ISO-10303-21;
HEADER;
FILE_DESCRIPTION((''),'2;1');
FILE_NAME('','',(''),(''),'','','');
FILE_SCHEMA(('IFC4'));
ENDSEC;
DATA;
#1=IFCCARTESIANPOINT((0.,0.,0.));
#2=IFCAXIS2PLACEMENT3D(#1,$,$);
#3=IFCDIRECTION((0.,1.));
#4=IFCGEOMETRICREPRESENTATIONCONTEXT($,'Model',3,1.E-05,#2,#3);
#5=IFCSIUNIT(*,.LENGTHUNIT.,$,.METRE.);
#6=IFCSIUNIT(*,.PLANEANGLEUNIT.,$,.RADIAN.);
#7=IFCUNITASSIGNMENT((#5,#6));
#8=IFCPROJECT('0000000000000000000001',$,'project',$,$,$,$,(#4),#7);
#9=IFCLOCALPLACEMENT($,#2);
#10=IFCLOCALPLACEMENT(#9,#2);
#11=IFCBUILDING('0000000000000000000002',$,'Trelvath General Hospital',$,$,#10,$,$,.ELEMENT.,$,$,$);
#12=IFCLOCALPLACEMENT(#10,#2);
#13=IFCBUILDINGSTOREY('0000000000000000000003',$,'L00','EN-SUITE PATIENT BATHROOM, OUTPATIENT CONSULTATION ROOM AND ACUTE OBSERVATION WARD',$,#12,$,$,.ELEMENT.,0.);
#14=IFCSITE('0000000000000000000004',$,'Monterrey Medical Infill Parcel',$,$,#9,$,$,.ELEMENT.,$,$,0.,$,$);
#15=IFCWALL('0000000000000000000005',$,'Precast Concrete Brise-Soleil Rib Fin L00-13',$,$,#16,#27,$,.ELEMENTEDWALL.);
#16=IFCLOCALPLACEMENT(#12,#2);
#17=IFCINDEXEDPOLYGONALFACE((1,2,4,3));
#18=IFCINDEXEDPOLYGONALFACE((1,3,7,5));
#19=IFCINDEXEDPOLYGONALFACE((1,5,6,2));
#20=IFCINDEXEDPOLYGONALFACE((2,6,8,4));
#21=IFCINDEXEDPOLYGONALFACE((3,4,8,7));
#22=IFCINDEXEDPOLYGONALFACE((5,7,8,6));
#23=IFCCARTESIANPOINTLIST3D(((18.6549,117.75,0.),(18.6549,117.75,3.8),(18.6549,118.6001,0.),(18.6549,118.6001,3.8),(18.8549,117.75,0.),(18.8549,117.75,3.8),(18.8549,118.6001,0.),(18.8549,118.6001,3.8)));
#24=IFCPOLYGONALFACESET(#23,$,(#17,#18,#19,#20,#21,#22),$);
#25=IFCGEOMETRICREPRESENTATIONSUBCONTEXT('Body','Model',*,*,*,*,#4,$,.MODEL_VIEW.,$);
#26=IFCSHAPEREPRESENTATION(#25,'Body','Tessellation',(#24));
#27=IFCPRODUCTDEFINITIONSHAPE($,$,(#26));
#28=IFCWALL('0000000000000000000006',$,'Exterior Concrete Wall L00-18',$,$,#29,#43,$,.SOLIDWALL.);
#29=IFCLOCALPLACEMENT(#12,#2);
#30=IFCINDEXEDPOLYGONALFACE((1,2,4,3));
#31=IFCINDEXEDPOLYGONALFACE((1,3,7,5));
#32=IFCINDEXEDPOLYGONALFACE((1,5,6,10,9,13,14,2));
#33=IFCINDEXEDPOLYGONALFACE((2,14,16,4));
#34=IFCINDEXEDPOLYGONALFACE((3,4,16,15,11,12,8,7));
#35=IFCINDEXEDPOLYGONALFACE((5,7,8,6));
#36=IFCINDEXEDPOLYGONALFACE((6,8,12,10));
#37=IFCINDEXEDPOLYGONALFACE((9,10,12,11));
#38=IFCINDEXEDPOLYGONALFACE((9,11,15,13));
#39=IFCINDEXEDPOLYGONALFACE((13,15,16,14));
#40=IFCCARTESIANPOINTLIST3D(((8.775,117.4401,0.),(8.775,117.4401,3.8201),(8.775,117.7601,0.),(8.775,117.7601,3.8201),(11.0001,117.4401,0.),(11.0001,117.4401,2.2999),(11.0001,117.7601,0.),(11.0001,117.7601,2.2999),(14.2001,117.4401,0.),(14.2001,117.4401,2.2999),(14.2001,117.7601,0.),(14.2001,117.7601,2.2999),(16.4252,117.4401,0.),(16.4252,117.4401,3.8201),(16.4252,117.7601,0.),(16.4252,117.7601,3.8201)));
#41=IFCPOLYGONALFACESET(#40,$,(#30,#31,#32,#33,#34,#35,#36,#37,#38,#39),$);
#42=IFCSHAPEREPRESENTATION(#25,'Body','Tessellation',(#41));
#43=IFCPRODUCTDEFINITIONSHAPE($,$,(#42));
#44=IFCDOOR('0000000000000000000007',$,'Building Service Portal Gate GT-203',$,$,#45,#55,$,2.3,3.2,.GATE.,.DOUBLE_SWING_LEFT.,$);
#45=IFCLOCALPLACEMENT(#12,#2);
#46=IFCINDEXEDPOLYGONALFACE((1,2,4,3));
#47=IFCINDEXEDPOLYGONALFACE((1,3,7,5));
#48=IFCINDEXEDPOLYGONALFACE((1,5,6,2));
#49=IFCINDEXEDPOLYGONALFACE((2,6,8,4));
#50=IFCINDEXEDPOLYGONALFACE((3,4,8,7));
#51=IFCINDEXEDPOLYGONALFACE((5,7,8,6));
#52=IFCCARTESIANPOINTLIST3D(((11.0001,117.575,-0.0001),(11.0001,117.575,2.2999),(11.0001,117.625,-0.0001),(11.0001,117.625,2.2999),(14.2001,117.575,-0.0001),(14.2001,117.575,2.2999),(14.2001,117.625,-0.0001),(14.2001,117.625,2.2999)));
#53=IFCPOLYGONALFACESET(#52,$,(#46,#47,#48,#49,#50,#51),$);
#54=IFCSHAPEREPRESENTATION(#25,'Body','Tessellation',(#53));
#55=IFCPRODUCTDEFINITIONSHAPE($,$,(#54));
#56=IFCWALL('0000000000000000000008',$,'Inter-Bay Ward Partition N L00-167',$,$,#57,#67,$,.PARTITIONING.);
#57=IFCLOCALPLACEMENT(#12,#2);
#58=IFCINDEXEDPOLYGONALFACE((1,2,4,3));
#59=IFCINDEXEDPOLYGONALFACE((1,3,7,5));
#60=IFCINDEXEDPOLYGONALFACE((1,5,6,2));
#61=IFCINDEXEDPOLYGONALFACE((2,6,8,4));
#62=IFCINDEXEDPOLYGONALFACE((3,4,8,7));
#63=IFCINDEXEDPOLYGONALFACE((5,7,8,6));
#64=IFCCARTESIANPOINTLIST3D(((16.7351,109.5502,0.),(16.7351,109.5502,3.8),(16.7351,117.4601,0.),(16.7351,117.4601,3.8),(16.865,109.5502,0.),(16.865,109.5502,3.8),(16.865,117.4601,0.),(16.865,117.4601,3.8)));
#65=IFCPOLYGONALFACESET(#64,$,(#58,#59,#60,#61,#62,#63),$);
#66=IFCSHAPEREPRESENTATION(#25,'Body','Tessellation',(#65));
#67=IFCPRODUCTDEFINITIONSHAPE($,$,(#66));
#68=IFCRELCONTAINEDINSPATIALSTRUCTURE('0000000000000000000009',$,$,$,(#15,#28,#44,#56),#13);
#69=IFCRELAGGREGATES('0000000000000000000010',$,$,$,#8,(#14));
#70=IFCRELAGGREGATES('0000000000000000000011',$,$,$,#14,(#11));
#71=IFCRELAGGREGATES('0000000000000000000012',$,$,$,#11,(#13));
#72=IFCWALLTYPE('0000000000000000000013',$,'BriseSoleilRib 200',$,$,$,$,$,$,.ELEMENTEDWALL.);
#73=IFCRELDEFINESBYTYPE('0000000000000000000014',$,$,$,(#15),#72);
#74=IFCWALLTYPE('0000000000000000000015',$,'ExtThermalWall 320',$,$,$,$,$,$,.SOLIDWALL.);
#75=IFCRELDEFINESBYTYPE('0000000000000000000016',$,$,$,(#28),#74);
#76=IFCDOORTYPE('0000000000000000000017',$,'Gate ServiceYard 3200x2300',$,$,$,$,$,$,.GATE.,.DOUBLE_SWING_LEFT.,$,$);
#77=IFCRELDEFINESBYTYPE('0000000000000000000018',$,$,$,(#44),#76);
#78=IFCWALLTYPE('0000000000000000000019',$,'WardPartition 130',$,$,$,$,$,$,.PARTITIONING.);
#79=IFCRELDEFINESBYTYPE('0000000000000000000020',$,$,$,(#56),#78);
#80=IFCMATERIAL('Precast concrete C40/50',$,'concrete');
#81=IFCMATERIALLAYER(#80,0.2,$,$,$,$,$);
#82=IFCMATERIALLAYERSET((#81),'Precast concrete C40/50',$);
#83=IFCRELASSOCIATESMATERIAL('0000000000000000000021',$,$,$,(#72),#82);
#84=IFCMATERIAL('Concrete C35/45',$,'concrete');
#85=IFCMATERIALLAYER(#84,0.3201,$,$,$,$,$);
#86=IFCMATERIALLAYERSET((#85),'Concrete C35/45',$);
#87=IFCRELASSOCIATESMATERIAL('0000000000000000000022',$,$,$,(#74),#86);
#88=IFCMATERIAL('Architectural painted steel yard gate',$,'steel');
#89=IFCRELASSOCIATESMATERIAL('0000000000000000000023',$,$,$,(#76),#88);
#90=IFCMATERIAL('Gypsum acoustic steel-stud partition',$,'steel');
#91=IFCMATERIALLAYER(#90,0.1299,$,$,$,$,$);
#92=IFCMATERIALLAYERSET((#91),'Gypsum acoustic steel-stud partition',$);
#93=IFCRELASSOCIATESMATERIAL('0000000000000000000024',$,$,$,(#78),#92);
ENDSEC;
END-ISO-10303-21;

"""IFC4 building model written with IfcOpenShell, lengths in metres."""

from ifc_helpers import new_model, si_unit, direction, frame, frame_2d, origin, place, context, subcontext, project, spatial, rectangle, extrude, material, layer, layer_set, type_object, element, fill, save


model = new_model("IFC4")

# Units and contexts
model_context = context("Model", 3, precision=1e-05, world=origin(), true_north=direction((0.0, 1.0)))
body_context = subcontext(model_context, "Body", "Model", "MODEL_VIEW")
ifc_project = project(units=[si_unit("LENGTHUNIT", "METRE"), si_unit("PLANEANGLEUNIT", "RADIAN")], contexts=[model_context])

# Site, building, storey
site_placement = place(None, origin())
site = spatial("IfcSite", under=ifc_project, at=site_placement, Name="Monterrey Medical Infill Parcel", CompositionType="ELEMENT", RefElevation=0.0)
building_placement = place(site_placement, origin())
building = spatial("IfcBuilding", under=site, at=building_placement, Name="Trelvath General Hospital", CompositionType="ELEMENT")
storey_placement = place(building_placement, origin())
storey = spatial("IfcBuildingStorey", under=building, at=storey_placement, Name="L00", Description="EN-SUITE PATIENT BATHROOM, OUTPATIENT CONSULTATION ROOM AND ACUTE OBSERVATION WARD", CompositionType="ELEMENT", Elevation=0.0)

# Wall
ifc_material_1 = material(Name="Precast concrete C40/50", Category="concrete")
ifc_layer_1 = layer(ifc_material_1, 0.2)
ifc_layer_set_1 = layer_set([ifc_layer_1], Name="Precast concrete C40/50")
wall_type_1 = type_object("IfcWallType", Name="BriseSoleilRib 200", PredefinedType="ELEMENTEDWALL", material=ifc_layer_set_1)
wall_1_placement = place(storey_placement, frame((18.7549, 117.75, 0.0), z_axis=(0.0, 0.0, 1.0), x_axis=(0.0, 1.0, 0.0)))
element("IfcWall", 1, at=wall_1_placement, inside=storey, type_object=wall_type_1, Name="Precast Concrete Brise-Soleil Rib Fin L00-13", PredefinedType="ELEMENTEDWALL", context=body_context, shape_type="SweptSolid", body=[
    extrude(rectangle(XDim=0.8501, YDim=0.2, at=frame_2d((0.425, 0.0))), origin(), (0.0, 0.0, 1.0), 3.8),
])

# Wall, opening, door
ifc_material_2 = material(Name="Concrete C35/45", Category="concrete")
ifc_layer_2 = layer(ifc_material_2, 0.3201)
ifc_layer_set_2 = layer_set([ifc_layer_2], Name="Concrete C35/45")
wall_type_2 = type_object("IfcWallType", Name="ExtThermalWall 320", PredefinedType="SOLIDWALL", material=ifc_layer_set_2)
wall_2_placement = place(storey_placement, frame((8.7749, 117.6001, 0.0), z_axis=(0.0, 0.0, 1.0), x_axis=(1.0, 0.0, 0.0)))
wall_2 = element("IfcWall", 2, at=wall_2_placement, inside=storey, type_object=wall_type_2, Name="Exterior Concrete Wall L00-18", PredefinedType="SOLIDWALL", context=body_context, shape_type="SweptSolid", body=[
    extrude(rectangle(XDim=7.6501, YDim=0.3201, at=frame_2d((3.8252, 0.0))), origin(), (0.0, 0.0, 1.0), 3.8201),
])
opening_1_placement = place(wall_2_placement, frame((2.2251, 0.0, 0.0)))
opening_1 = element("IfcOpeningElement", 3, at=opening_1_placement, cuts=wall_2, PredefinedType="OPENING", context=body_context, shape_type="SweptSolid", body=[
    extrude(rectangle(XDim=3.2, YDim=2.3, at=frame_2d((1.6001, 1.1499))), frame((0.0, 0.1699, 0.0), z_axis=(0.0, -1.0, 0.0), x_axis=(1.0, 0.0, 0.0)), (0.0, 0.0, 1.0), 0.3401),
])
ifc_material_3 = material(Name="Architectural painted steel yard gate", Category="steel")
door_type_1 = type_object("IfcDoorType", Name="Gate ServiceYard 3200x2300", OperationType="DOUBLE_SWING_LEFT", PredefinedType="GATE", material=ifc_material_3)
door_1_placement = place(opening_1_placement, origin())
door_1 = element("IfcDoor", 4, at=door_1_placement, inside=storey, type_object=door_type_1, Name="Building Service Portal Gate GT-203", OperationType="DOUBLE_SWING_LEFT", OverallHeight=2.3, OverallWidth=3.2, PredefinedType="GATE", context=body_context, shape_type="SweptSolid", body=[
    extrude(rectangle(XDim=3.2, YDim=2.3, at=frame_2d((1.6001, 1.1499))), frame((0.0, 0.0249, 0.0), z_axis=(0.0, -1.0, 0.0), x_axis=(1.0, 0.0, 0.0)), (0.0, 0.0, 1.0), 0.05),
])
fill(opening_1, door_1)

# Wall
ifc_material_4 = material(Name="Gypsum acoustic steel-stud partition", Category="steel")
ifc_layer_3 = layer(ifc_material_4, 0.1299)
ifc_layer_set_3 = layer_set([ifc_layer_3], Name="Gypsum acoustic steel-stud partition")
wall_type_3 = type_object("IfcWallType", Name="WardPartition 130", PredefinedType="PARTITIONING", material=ifc_layer_set_3)
wall_3_placement = place(storey_placement, frame((16.8, 109.55, 0.0), z_axis=(0.0, 0.0, 1.0), x_axis=(0.0, 1.0, 0.0)))
element("IfcWall", 5, at=wall_3_placement, inside=storey, type_object=wall_type_3, Name="Inter-Bay Ward Partition N L00-167", PredefinedType="PARTITIONING", context=body_context, shape_type="SweptSolid", body=[
    extrude(rectangle(XDim=7.9099, YDim=0.1299, at=frame_2d((3.9551, 0.0))), origin(), (0.0, 0.0, 1.0), 3.8),
])

save(model, "model.ifc")
